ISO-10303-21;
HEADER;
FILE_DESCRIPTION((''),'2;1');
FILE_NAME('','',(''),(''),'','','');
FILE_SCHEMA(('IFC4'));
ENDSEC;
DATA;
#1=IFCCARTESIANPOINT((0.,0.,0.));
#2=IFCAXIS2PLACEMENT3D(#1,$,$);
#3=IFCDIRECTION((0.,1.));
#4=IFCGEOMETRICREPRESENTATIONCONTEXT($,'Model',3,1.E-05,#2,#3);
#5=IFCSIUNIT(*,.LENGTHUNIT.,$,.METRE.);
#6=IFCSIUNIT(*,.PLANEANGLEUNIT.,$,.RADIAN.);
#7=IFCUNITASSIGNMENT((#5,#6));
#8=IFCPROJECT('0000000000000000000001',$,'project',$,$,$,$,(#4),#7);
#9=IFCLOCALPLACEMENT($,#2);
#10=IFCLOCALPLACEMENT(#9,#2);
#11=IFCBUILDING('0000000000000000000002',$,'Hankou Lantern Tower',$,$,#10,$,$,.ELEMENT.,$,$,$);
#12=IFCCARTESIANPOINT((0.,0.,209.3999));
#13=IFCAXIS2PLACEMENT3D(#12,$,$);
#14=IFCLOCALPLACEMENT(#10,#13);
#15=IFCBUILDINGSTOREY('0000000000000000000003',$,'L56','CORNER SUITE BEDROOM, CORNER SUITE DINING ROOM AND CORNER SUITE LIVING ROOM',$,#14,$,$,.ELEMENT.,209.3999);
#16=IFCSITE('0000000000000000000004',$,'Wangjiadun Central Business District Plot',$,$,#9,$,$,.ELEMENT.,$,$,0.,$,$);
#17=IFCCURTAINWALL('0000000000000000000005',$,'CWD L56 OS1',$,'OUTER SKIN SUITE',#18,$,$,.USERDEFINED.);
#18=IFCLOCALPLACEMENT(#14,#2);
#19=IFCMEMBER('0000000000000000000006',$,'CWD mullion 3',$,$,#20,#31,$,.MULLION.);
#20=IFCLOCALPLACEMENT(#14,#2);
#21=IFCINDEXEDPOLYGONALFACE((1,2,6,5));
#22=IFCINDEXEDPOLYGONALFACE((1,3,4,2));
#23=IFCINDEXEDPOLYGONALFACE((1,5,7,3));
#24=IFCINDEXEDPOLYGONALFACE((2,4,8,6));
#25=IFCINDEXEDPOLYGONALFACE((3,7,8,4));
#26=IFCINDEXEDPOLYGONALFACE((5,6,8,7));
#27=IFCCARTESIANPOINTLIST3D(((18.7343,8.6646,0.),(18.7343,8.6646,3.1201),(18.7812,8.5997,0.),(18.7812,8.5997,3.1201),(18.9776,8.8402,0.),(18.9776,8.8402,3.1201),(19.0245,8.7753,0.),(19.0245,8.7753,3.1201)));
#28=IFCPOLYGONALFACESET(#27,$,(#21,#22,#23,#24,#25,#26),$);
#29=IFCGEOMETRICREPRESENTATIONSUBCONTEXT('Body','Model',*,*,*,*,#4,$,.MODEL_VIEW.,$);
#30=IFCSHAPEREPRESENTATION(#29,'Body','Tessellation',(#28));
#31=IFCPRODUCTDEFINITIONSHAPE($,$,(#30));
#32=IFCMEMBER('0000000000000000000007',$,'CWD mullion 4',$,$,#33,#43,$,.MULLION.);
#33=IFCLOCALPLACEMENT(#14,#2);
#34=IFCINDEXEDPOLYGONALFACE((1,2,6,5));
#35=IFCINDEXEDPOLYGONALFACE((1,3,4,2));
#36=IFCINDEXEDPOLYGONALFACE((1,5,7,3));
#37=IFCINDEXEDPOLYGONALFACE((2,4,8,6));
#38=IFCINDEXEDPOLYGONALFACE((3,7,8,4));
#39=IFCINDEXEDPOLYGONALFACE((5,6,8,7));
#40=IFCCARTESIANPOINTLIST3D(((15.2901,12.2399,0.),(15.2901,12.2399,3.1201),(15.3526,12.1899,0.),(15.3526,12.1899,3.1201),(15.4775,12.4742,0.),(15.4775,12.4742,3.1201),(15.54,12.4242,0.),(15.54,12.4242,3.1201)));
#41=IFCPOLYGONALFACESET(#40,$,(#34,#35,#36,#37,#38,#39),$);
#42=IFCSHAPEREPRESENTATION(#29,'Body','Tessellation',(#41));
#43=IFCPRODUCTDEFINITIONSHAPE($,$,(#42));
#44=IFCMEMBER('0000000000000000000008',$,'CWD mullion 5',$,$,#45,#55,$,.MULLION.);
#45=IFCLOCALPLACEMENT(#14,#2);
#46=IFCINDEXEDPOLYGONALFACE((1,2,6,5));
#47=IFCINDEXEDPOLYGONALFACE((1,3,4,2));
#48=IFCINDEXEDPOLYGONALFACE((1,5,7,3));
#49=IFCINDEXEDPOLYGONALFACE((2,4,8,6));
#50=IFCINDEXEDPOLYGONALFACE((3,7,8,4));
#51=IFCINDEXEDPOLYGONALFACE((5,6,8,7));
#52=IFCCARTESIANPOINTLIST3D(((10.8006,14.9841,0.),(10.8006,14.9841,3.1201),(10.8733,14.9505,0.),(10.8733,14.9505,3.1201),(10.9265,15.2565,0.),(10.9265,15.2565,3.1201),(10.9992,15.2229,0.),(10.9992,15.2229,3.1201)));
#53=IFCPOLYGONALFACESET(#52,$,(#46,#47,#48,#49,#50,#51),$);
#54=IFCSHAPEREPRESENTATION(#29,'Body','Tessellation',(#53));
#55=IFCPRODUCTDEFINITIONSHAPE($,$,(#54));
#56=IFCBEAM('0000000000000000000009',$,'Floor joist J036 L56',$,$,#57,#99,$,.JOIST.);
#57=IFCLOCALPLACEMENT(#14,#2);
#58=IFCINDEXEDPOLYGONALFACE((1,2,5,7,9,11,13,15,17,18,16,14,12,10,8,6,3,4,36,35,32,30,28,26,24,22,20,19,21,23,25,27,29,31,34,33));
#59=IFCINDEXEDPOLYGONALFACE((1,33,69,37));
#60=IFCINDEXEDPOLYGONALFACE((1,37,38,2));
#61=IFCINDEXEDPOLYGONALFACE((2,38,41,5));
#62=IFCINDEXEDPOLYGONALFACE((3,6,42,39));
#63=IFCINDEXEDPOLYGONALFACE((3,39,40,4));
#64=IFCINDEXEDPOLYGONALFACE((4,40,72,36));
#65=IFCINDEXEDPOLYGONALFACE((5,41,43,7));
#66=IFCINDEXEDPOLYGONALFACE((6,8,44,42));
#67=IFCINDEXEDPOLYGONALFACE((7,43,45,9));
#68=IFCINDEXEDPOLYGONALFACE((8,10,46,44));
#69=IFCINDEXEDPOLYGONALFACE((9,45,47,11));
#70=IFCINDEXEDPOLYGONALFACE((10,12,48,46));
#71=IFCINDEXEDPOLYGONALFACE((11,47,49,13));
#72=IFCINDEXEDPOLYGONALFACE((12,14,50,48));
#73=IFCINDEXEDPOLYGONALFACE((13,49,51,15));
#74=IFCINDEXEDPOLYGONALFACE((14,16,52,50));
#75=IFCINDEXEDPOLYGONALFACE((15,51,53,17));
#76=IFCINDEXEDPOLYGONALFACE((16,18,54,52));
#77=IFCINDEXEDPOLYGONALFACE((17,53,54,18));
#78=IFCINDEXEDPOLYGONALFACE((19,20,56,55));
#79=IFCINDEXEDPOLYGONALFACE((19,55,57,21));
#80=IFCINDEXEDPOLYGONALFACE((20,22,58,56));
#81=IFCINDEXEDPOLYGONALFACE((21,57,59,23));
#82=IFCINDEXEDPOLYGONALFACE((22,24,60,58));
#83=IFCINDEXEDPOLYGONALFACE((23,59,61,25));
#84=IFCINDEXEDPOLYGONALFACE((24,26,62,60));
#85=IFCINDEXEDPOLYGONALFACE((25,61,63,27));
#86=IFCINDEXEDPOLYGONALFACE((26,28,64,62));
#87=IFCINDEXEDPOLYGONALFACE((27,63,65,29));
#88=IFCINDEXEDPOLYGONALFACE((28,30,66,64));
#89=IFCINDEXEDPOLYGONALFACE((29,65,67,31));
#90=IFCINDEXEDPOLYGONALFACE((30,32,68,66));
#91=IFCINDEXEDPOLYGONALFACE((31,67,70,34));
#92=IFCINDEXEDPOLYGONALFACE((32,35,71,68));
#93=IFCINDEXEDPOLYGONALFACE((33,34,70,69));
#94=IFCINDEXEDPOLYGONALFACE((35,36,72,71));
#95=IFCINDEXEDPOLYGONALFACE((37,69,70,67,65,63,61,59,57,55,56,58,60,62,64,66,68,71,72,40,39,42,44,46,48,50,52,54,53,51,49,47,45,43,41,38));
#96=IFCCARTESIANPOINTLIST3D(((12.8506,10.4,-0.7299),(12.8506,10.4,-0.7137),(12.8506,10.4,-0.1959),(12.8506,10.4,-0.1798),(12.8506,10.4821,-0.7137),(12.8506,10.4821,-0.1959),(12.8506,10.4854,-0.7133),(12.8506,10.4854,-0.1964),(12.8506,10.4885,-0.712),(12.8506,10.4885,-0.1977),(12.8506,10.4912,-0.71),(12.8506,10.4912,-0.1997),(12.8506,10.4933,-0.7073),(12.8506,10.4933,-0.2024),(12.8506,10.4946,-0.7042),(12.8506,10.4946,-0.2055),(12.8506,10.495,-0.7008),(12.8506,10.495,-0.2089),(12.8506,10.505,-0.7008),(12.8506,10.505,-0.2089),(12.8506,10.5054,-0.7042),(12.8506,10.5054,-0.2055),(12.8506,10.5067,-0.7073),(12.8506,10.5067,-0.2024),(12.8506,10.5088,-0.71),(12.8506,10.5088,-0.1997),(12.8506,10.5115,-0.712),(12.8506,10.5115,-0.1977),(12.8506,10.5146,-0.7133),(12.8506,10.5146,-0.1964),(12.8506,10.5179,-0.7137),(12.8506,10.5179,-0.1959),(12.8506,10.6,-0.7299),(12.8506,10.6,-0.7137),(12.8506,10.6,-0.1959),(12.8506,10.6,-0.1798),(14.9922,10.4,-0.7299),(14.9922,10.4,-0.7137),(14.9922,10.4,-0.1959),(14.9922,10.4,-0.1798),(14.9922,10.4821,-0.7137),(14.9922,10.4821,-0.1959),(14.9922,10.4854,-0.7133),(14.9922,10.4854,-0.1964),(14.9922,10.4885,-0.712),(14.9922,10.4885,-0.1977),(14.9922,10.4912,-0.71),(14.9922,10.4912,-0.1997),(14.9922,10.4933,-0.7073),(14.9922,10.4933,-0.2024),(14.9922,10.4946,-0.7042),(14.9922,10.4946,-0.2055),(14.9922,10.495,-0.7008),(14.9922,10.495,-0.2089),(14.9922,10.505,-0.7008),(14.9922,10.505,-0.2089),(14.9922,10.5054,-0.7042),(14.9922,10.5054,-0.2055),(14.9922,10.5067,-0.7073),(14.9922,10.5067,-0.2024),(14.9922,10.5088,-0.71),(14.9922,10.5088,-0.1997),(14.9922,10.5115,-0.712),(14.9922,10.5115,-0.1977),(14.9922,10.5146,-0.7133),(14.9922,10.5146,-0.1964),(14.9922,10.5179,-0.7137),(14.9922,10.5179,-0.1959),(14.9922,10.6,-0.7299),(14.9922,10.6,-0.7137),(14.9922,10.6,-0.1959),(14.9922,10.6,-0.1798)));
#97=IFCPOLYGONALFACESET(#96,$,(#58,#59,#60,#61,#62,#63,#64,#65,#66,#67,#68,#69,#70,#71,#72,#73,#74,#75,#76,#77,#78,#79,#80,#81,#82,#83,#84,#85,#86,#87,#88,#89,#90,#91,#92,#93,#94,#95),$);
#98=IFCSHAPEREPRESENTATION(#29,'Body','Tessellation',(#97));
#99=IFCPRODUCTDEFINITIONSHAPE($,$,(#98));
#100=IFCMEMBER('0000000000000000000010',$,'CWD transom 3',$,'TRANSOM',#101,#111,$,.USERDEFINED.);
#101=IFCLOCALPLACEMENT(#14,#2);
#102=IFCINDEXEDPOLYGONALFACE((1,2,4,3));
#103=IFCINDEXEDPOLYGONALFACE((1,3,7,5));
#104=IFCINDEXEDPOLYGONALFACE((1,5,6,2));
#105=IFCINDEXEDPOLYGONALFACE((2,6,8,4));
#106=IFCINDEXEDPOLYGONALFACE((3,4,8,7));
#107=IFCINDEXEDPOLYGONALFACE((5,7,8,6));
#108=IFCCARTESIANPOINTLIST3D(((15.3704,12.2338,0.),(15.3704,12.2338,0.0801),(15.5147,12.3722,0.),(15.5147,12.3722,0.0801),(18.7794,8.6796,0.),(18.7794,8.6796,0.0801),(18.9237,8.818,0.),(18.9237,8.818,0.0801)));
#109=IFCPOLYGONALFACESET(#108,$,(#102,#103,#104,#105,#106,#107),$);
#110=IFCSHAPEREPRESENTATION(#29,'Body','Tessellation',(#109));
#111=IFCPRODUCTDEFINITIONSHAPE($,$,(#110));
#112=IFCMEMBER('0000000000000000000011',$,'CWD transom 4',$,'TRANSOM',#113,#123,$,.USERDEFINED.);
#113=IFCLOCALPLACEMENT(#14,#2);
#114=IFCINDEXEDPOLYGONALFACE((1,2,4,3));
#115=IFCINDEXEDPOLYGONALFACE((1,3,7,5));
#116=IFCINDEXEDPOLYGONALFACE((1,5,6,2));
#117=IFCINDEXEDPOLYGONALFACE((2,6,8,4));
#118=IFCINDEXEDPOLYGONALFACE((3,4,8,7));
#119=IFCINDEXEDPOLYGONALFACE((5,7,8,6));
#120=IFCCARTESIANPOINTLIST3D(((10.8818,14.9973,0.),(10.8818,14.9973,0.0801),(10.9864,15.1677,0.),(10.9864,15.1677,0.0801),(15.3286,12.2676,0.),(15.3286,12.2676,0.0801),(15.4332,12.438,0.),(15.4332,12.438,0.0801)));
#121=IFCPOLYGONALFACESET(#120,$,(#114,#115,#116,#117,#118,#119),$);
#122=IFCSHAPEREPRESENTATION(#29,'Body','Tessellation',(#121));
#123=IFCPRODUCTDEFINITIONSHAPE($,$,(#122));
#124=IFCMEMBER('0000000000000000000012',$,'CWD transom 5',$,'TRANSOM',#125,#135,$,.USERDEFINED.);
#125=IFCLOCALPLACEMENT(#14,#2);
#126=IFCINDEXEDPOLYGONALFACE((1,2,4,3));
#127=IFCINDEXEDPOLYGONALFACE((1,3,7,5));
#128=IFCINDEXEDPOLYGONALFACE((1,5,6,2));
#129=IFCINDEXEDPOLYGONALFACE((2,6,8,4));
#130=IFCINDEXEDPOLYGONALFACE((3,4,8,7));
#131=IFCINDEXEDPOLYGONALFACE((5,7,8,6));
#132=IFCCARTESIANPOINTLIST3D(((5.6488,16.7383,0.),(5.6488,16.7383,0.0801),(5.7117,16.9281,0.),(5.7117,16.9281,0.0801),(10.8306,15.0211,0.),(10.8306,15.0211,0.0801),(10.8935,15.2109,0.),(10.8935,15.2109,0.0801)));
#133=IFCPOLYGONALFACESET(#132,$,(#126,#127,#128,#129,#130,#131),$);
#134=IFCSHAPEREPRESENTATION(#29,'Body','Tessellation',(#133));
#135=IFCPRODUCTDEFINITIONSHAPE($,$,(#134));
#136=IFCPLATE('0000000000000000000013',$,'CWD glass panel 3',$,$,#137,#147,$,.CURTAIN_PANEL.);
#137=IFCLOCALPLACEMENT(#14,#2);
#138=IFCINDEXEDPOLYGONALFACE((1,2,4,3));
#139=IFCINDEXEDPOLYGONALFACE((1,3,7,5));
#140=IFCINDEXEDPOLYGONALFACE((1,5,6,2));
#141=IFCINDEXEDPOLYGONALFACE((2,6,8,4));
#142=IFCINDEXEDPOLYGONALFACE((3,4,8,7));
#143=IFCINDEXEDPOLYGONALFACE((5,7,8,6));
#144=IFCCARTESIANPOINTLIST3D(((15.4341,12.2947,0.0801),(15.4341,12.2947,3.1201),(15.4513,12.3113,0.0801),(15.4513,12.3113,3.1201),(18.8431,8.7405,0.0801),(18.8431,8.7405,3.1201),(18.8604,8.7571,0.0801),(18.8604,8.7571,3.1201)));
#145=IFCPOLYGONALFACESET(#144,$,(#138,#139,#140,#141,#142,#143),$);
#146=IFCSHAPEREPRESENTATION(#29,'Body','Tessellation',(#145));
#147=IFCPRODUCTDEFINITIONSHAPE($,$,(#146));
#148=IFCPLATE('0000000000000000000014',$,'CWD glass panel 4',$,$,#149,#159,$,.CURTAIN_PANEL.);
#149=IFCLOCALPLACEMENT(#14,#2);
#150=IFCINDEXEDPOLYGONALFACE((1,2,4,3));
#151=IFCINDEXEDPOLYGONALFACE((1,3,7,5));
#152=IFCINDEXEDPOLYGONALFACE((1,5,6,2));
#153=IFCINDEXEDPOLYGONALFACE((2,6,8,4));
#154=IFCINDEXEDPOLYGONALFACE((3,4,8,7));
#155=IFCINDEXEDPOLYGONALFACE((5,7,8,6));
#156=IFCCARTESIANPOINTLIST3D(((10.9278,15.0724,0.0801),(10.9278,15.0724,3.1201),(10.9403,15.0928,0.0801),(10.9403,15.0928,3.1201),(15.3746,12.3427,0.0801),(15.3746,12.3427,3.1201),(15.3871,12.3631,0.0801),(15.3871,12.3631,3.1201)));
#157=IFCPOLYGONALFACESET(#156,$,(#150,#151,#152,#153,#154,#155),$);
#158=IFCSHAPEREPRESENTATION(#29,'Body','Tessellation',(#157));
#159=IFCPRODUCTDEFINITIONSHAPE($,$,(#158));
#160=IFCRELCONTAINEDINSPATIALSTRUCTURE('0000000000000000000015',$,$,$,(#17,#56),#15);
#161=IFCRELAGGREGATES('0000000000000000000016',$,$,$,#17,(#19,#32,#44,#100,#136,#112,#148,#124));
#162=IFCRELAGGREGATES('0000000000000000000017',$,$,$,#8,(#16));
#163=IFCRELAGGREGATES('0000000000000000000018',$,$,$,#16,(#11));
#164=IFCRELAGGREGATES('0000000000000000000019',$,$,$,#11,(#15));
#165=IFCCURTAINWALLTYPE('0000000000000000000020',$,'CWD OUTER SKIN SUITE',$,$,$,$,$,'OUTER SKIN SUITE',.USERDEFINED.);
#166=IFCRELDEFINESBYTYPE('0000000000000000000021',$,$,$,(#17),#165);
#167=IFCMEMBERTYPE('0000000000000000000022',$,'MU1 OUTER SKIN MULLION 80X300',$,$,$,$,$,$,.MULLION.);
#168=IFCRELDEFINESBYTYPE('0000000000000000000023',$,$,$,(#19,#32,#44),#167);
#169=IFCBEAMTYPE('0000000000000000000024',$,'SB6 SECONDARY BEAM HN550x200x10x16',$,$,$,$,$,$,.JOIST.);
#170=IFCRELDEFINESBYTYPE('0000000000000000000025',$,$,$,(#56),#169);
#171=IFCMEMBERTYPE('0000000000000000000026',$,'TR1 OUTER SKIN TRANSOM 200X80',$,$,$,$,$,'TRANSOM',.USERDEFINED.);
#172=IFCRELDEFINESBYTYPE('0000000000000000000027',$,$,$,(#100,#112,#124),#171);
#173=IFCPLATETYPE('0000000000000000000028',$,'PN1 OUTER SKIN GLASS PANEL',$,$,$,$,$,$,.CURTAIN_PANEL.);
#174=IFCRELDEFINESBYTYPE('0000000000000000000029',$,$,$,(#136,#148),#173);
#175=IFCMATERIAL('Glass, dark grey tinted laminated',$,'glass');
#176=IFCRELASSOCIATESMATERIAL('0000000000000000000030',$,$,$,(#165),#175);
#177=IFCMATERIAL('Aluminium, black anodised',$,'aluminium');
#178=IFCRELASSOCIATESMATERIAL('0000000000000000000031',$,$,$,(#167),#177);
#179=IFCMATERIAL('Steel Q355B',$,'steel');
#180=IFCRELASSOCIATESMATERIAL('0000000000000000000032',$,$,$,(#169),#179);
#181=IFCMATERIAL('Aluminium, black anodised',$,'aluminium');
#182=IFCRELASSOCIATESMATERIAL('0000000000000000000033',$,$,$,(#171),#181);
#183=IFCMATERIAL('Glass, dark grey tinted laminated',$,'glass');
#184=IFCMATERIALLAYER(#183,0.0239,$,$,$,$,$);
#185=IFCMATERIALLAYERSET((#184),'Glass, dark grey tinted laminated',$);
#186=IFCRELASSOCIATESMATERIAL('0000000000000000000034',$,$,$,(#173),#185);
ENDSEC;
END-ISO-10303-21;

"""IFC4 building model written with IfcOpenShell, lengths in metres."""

from ifc_helpers import new_model, si_unit, direction, frame, origin, origin_2d, place, context, subcontext, project, spatial, rectangle, i_section, extrude, material, layer, layer_set, material_profile, profile_set, type_object, element, aggregate, save


model = new_model("IFC4")

# Units and contexts
model_context = context("Model", 3, precision=1e-05, world=origin(), true_north=direction((0.0, 1.0)))
body_context = subcontext(model_context, "Body", "Model", "MODEL_VIEW")
ifc_project = project(units=[si_unit("LENGTHUNIT", "METRE"), si_unit("PLANEANGLEUNIT", "RADIAN")], contexts=[model_context])

# Site, building, storey
site_placement = place(None, origin())
site = spatial("IfcSite", under=ifc_project, at=site_placement, Name="Wangjiadun Central Business District Plot", CompositionType="ELEMENT", RefElevation=0.0)
building_placement = place(site_placement, origin())
building = spatial("IfcBuilding", under=site, at=building_placement, Name="Hankou Lantern Tower", CompositionType="ELEMENT")
storey_placement = place(building_placement, frame((0.0, 0.0, 209.3999)))
storey = spatial("IfcBuildingStorey", under=building, at=storey_placement, Name="L56", Description="CORNER SUITE BEDROOM, CORNER SUITE DINING ROOM AND CORNER SUITE LIVING ROOM", CompositionType="ELEMENT", Elevation=209.3999)

# Curtain wall, members
ifc_material_1 = material(Name="Glass, dark grey tinted laminated", Category="glass")
curtain_wall_type = type_object("IfcCurtainWallType", Name="CWD OUTER SKIN SUITE", ElementType="OUTER SKIN SUITE", PredefinedType="USERDEFINED", material=ifc_material_1)
curtain_wall_placement = place(storey_placement, origin())
curtain_wall = element("IfcCurtainWall", 1, at=curtain_wall_placement, inside=storey, type_object=curtain_wall_type, Name="CWD L56 OS1", ObjectType="OUTER SKIN SUITE", PredefinedType="USERDEFINED")
ifc_material_2 = material(Name="Aluminium, black anodised", Category="aluminium")
ifc_material_profile_1 = material_profile(ifc_material_2, rectangle(XDim=0.0801, YDim=0.3, at=origin_2d()), Name="MU1 80X300")
ifc_profile_set_1 = profile_set([ifc_material_profile_1], Name="Aluminium, black anodised")
member_type_1 = type_object("IfcMemberType", Name="MU1 OUTER SKIN MULLION 80X300", PredefinedType="MULLION", material=ifc_profile_set_1)
member_1_placement = place(storey_placement, frame((18.8794, 8.72, 0.0), z_axis=(0.0, 0.0, 1.0), x_axis=(-0.585206, 0.810885, 0.0)))
member_1 = element("IfcMember", 2, at=member_1_placement, type_object=member_type_1, Name="CWD mullion 3", PredefinedType="MULLION", context=body_context, shape_type="SweptSolid", body=[
    extrude(rectangle(XDim=0.0801, YDim=0.3, at=origin_2d()), origin(), (0.0, 0.0, 1.0), 3.1201),
])
member_2_placement = place(storey_placement, frame((15.415, 12.332, 0.0), z_axis=(0.0, 0.0, 1.0), x_axis=(-0.780869, 0.624695, 0.0)))
member_2 = element("IfcMember", 3, at=member_2_placement, type_object=member_type_1, Name="CWD mullion 4", PredefinedType="MULLION", context=body_context, shape_type="SweptSolid", body=[
    extrude(rectangle(XDim=0.0801, YDim=0.3, at=origin_2d()), origin(), (0.0, 0.0, 1.0), 3.1201),
])
member_3_placement = place(storey_placement, frame((10.8999, 15.1035, 0.0), z_axis=(0.0, 0.0, 1.0), x_axis=(-0.907841, 0.419314, 0.0)))
member_3 = element("IfcMember", 4, at=member_3_placement, type_object=member_type_1, Name="CWD mullion 5", PredefinedType="MULLION", context=body_context, shape_type="SweptSolid", body=[
    extrude(rectangle(XDim=0.0801, YDim=0.3, at=origin_2d()), origin(), (0.0, 0.0, 1.0), 3.1201),
])

# Beam
ifc_material_3 = material(Name="Steel Q355B", Category="steel")
ifc_material_profile_2 = material_profile(ifc_material_3, i_section(OverallWidth=0.2, OverallDepth=0.55, WebThickness=0.01, FlangeThickness=0.0161, FilletRadius=0.0129, at=origin_2d()), Name="HN550x200x10x16")
ifc_profile_set_2 = profile_set([ifc_material_profile_2], Name="Steel Q355B")
beam_type_1 = type_object("IfcBeamType", Name="SB6 SECONDARY BEAM HN550x200x10x16", PredefinedType="JOIST", material=ifc_profile_set_2)
beam_1_placement = place(storey_placement, frame((12.8506, 10.5, -0.4548), z_axis=(1.0, 0.0, 0.0), x_axis=(0.0, 1.0, 0.0)))
element("IfcBeam", 5, at=beam_1_placement, inside=storey, type_object=beam_type_1, Name="Floor joist J036 L56", PredefinedType="JOIST", context=body_context, shape_type="SweptSolid", body=[
    extrude(i_section(OverallWidth=0.2, OverallDepth=0.55, WebThickness=0.01, FlangeThickness=0.0161, FilletRadius=0.0129, at=origin_2d()), origin(), (0.0, 0.0, 1.0), 2.1416),
])

# Members
ifc_material_4 = material(Name="Aluminium, black anodised", Category="aluminium")
ifc_material_profile_3 = material_profile(ifc_material_4, rectangle(XDim=0.2, YDim=0.0801, at=origin_2d()), Name="TR1 200X80")
ifc_profile_set_3 = profile_set([ifc_material_profile_3], Name="Aluminium, black anodised")
member_type_2 = type_object("IfcMemberType", Name="TR1 OUTER SKIN TRANSOM 200X80", ElementType="TRANSOM", PredefinedType="USERDEFINED", material=ifc_profile_set_3)
member_4_placement = place(storey_placement, frame((18.8516, 8.7488, 0.04), z_axis=(-0.692205, 0.721701, 0.0), x_axis=(-0.721701, -0.692205, 0.0)))
member_4 = element("IfcMember", 6, at=member_4_placement, type_object=member_type_2, Name="CWD transom 3", ObjectType="TRANSOM", PredefinedType="USERDEFINED", context=body_context, shape_type="SweptSolid", body=[
    extrude(rectangle(XDim=0.2, YDim=0.0801, at=origin_2d()), origin(), (0.0, 0.0, 1.0), 4.9248),
])
member_5_placement = place(storey_placement, frame((15.3809, 12.3528, 0.04), z_axis=(-0.852235, 0.52316, 0.0), x_axis=(-0.52316, -0.852235, 0.0)))
member_5 = element("IfcMember", 7, at=member_5_placement, type_object=member_type_2, Name="CWD transom 4", ObjectType="TRANSOM", PredefinedType="USERDEFINED", context=body_context, shape_type="SweptSolid", body=[
    extrude(rectangle(XDim=0.2, YDim=0.0801, at=origin_2d()), origin(), (0.0, 0.0, 1.0), 5.2178),
])
member_6_placement = place(storey_placement, frame((10.8621, 15.116, 0.04), z_axis=(-0.949232, 0.314577, 0.0), x_axis=(-0.314577, -0.949232, 0.0)))
member_6 = element("IfcMember", 8, at=member_6_placement, type_object=member_type_2, Name="CWD transom 5", ObjectType="TRANSOM", PredefinedType="USERDEFINED", context=body_context, shape_type="SweptSolid", body=[
    extrude(rectangle(XDim=0.2, YDim=0.0801, at=origin_2d()), origin(), (0.0, 0.0, 1.0), 5.459),
])

# Plates
ifc_material_5 = material(Name="Glass, dark grey tinted laminated", Category="glass")
ifc_layer_1 = layer(ifc_material_5, 0.0239)
ifc_layer_set_1 = layer_set([ifc_layer_1], Name="Glass, dark grey tinted laminated")
plate_type = type_object("IfcPlateType", Name="PN1 OUTER SKIN GLASS PANEL", PredefinedType="CURTAIN_PANEL", material=ifc_layer_set_1)
plate_1_placement = place(storey_placement, frame((17.1472, 10.5259, 0.0801), z_axis=(0.0, 0.0, 1.0), x_axis=(-0.692216, 0.721691, 0.0)))
plate_1 = element("IfcPlate", 9, at=plate_1_placement, type_object=plate_type, Name="CWD glass panel 3", PredefinedType="CURTAIN_PANEL", context=body_context, shape_type="SweptSolid", body=[
    extrude(rectangle(XDim=4.9248, YDim=0.0239, at=origin_2d()), origin(), (0.0, 0.0, 1.0), 3.04),
])
plate_2_placement = place(storey_placement, frame((13.1575, 13.7178, 0.0801), z_axis=(0.0, 0.0, 1.0), x_axis=(-0.852237, 0.523156, 0.0)))
plate_2 = element("IfcPlate", 10, at=plate_2_placement, type_object=plate_type, Name="CWD glass panel 4", PredefinedType="CURTAIN_PANEL", context=body_context, shape_type="SweptSolid", body=[
    extrude(rectangle(XDim=5.2178, YDim=0.0239, at=origin_2d()), origin(), (0.0, 0.0, 1.0), 3.04),
])
aggregate(curtain_wall, [member_1, member_2, member_3, member_4, plate_1, member_5, plate_2, member_6])

save(model, "model.ifc")
